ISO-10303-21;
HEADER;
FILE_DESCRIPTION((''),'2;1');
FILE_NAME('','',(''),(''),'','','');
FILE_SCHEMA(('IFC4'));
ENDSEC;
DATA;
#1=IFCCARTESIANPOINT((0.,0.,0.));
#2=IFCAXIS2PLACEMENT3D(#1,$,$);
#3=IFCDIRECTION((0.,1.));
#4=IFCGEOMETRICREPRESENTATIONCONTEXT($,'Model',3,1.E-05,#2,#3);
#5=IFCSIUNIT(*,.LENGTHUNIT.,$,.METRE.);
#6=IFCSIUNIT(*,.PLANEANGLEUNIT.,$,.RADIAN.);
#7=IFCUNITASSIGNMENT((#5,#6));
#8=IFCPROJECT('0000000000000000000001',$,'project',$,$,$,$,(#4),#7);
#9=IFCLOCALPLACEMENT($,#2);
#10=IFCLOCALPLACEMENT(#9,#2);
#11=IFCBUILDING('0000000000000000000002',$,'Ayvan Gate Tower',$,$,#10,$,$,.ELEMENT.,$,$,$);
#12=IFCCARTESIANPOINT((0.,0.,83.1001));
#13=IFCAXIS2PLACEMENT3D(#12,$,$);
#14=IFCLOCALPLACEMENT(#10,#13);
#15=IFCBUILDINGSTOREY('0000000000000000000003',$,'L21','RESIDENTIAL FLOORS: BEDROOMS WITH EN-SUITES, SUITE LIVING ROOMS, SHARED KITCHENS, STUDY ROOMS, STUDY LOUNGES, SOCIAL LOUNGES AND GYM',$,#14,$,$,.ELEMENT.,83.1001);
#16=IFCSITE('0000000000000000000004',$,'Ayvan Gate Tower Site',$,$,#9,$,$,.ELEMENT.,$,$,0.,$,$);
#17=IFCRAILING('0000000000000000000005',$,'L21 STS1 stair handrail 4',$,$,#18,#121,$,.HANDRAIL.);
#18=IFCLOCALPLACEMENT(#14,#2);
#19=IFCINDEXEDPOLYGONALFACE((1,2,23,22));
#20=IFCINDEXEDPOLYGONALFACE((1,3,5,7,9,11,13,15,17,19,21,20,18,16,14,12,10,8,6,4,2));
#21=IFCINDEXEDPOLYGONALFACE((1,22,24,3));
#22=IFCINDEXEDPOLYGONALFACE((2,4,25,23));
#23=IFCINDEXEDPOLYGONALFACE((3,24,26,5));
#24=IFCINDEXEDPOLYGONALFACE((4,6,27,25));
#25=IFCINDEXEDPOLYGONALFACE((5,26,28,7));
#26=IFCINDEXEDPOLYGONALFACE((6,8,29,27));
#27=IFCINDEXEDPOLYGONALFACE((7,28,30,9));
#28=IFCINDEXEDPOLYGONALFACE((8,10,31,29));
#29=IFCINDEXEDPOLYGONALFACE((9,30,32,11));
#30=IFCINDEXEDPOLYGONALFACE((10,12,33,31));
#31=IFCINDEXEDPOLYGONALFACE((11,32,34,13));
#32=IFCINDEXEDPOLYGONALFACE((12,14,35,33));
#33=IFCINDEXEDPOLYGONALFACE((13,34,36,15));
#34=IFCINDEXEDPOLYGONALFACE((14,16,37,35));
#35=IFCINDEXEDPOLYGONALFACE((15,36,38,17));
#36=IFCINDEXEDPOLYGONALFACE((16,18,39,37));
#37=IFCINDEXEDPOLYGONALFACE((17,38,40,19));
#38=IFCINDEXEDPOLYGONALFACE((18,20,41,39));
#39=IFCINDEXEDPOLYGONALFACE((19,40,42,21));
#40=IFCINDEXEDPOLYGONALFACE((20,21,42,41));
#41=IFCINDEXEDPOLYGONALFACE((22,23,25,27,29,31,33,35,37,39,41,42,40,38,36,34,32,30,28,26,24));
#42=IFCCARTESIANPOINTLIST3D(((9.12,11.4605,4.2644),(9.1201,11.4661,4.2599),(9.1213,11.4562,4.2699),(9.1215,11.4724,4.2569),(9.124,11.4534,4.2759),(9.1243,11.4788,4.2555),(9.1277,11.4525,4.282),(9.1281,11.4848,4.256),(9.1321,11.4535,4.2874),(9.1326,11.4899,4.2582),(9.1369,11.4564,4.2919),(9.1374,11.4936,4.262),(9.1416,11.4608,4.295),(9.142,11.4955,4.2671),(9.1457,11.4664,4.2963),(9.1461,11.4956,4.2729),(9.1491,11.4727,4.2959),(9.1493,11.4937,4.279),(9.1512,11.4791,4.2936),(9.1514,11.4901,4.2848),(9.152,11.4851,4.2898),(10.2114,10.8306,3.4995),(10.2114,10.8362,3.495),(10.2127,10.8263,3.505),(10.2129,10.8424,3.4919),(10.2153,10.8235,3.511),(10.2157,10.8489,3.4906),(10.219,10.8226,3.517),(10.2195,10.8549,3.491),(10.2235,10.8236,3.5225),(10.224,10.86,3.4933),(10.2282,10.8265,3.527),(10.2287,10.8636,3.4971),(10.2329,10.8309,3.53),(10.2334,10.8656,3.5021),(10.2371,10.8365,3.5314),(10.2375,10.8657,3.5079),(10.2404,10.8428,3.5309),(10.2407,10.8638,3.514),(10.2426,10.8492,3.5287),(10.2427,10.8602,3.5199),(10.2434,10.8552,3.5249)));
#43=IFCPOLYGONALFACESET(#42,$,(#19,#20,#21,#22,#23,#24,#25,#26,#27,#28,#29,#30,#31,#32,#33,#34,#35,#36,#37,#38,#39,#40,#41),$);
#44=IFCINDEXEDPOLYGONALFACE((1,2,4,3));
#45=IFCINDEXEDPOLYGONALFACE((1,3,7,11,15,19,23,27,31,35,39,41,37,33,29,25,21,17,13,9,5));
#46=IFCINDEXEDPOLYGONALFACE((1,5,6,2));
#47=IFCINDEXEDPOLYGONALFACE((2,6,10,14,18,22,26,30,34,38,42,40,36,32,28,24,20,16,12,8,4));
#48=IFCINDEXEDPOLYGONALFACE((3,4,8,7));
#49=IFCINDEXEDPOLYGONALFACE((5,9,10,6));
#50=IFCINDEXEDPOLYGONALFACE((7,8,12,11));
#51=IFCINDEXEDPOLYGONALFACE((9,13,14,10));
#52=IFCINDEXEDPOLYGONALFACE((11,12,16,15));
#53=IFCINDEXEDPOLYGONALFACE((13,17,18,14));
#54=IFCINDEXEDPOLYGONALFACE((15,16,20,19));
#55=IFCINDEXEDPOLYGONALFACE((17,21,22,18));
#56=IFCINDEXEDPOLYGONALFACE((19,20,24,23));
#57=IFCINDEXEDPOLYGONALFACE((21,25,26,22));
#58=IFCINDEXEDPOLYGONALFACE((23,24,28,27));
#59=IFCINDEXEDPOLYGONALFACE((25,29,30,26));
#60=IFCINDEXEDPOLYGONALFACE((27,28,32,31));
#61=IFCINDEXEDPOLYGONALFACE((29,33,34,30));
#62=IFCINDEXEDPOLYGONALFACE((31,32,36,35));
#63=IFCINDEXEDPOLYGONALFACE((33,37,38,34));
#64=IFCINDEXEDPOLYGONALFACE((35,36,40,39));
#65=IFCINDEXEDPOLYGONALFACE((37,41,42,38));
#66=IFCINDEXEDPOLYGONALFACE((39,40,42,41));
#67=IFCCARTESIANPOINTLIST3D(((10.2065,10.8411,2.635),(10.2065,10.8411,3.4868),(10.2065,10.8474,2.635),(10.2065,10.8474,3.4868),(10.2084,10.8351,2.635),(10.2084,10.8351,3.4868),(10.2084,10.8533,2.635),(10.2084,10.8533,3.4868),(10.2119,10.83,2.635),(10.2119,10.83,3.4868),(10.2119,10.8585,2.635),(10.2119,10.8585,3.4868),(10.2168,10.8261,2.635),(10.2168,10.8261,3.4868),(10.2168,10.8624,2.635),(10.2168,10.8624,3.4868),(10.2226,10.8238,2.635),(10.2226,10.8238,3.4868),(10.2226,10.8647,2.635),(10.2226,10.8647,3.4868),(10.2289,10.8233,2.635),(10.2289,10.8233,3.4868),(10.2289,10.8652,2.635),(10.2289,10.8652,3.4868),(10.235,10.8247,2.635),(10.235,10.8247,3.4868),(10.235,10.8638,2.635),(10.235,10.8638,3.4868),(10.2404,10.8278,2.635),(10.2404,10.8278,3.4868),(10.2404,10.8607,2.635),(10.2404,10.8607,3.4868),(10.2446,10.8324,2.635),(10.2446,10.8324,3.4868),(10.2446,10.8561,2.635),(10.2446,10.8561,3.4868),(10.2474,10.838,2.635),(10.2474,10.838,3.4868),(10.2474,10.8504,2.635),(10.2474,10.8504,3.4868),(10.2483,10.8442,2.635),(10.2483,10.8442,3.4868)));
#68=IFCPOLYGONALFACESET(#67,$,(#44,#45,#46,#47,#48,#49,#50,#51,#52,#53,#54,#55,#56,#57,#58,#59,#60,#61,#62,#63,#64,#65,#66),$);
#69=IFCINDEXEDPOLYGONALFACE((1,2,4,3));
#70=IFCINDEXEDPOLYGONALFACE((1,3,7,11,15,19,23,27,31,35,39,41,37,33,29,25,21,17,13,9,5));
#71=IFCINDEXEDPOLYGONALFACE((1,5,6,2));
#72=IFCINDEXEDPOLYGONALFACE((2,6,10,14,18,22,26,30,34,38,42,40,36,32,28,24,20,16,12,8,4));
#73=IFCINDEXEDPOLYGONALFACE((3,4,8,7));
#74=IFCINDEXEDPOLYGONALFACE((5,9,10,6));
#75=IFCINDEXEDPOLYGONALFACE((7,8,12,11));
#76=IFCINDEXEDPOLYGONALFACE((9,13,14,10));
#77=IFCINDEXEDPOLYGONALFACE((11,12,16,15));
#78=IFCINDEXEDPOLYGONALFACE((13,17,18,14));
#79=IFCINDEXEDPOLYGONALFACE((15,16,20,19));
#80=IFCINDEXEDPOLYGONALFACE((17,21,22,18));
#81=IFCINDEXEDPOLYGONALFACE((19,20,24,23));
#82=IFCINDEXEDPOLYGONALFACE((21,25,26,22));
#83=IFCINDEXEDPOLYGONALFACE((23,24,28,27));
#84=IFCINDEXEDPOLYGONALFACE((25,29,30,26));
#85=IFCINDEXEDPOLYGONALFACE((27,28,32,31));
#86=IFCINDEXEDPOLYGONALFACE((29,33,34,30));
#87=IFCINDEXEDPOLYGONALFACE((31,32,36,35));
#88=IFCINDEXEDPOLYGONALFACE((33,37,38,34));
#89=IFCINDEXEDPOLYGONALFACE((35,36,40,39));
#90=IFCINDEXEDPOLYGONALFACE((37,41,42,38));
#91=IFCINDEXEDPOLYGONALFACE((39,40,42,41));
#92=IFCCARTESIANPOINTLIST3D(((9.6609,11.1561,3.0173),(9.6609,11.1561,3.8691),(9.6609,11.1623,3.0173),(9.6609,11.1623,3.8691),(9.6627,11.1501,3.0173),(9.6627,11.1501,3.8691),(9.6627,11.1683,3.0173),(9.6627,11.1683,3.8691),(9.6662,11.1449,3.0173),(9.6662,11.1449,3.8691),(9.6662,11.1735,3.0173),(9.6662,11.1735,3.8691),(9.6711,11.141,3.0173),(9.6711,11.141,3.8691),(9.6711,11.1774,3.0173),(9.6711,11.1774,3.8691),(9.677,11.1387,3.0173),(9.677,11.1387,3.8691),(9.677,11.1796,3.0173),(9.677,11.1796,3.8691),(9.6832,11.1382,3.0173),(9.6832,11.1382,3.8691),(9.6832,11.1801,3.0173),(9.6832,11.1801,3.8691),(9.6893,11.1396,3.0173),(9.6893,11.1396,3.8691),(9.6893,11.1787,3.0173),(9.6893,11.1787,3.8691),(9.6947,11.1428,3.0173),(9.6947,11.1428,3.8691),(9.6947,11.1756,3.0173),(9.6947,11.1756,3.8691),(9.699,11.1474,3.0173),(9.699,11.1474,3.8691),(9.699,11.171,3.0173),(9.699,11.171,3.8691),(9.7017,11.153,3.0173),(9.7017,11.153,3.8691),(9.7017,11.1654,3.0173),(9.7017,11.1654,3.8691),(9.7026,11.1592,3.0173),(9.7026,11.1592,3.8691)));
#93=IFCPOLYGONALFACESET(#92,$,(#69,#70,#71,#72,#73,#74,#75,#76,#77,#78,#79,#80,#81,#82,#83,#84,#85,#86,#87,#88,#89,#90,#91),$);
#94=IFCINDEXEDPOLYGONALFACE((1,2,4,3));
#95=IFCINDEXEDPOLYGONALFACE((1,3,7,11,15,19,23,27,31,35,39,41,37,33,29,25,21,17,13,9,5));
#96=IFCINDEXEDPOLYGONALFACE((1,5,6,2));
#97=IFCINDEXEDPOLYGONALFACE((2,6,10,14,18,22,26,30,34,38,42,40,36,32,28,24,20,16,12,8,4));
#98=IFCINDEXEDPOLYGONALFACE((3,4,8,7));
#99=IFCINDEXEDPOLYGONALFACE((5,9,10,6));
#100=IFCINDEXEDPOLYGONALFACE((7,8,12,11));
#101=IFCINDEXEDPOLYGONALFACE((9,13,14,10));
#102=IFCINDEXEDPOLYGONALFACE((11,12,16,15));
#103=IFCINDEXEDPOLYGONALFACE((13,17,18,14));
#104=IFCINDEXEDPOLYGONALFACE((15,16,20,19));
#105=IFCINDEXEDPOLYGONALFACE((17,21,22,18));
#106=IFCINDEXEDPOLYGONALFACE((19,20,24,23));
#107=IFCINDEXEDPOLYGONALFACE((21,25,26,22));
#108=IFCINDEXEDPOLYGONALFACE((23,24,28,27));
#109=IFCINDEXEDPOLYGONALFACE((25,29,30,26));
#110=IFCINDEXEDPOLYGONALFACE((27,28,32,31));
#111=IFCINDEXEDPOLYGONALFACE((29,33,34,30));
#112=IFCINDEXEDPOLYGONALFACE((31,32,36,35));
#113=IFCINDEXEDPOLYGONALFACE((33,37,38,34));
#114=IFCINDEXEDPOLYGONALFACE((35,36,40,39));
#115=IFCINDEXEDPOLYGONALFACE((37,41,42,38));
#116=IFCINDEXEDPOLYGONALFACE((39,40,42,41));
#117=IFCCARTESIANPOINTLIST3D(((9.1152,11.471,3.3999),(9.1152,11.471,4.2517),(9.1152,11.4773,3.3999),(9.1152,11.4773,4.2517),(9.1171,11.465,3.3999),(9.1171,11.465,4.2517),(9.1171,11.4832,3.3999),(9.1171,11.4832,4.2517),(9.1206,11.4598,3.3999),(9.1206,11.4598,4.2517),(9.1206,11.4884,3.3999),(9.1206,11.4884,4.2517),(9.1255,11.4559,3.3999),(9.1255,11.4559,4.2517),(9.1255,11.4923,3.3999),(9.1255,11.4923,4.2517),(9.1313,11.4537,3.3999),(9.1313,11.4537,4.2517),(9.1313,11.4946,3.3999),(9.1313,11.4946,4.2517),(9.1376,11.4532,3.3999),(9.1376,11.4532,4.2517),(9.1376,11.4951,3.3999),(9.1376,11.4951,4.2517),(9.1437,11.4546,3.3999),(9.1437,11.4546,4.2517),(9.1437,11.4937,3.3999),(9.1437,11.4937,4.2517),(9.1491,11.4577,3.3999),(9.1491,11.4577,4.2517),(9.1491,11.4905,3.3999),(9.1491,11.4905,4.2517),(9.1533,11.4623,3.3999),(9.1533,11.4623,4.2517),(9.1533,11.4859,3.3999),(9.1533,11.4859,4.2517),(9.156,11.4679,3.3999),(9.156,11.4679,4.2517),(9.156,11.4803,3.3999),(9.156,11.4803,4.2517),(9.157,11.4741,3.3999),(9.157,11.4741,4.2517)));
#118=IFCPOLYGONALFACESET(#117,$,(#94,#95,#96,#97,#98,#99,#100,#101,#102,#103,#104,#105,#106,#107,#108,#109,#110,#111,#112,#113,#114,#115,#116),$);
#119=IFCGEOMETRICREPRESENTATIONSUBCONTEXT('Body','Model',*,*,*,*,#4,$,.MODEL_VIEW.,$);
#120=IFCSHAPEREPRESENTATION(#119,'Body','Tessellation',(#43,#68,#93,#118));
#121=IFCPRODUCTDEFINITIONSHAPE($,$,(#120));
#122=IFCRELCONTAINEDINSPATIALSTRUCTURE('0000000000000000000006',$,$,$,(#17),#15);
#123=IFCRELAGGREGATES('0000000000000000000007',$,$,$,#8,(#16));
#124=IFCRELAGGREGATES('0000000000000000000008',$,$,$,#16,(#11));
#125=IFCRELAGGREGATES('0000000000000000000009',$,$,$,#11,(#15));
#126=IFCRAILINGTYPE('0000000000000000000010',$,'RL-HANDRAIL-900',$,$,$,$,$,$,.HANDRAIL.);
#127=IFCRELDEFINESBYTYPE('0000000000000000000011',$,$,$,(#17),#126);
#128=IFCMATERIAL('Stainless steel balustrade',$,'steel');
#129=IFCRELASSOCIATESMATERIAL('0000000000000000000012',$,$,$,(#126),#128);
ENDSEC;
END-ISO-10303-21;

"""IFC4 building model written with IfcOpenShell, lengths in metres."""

from ifc_helpers import new_model, si_unit, direction, frame, origin, origin_2d, place, context, subcontext, project, spatial, circle, extrude, material, type_object, element, save


model = new_model("IFC4")

# Units and contexts
model_context = context("Model", 3, precision=1e-05, world=origin(), true_north=direction((0.0, 1.0)))
body_context = subcontext(model_context, "Body", "Model", "MODEL_VIEW")
ifc_project = project(units=[si_unit("LENGTHUNIT", "METRE"), si_unit("PLANEANGLEUNIT", "RADIAN")], contexts=[model_context])

# Site, building, storey
site_placement = place(None, origin())
site = spatial("IfcSite", under=ifc_project, at=site_placement, Name="Ayvan Gate Tower Site", CompositionType="ELEMENT", RefElevation=0.0)
building_placement = place(site_placement, origin())
building = spatial("IfcBuilding", under=site, at=building_placement, Name="Ayvan Gate Tower", CompositionType="ELEMENT")
storey_placement = place(building_placement, frame((0.0, 0.0, 83.1001)))
storey = spatial("IfcBuildingStorey", under=building, at=storey_placement, Name="L21", Description="RESIDENTIAL FLOORS: BEDROOMS WITH EN-SUITES, SUITE LIVING ROOMS, SHARED KITCHENS, STUDY ROOMS, STUDY LOUNGES, SOCIAL LOUNGES AND GYM", CompositionType="ELEMENT", Elevation=83.1001)

# Railing
ifc_material_1 = material(Name="Stainless steel balustrade", Category="steel")
railing_type_1 = type_object("IfcRailingType", Name="RL-HANDRAIL-900", PredefinedType="HANDRAIL", material=ifc_material_1)
railing_1_placement = place(storey_placement, frame((10.2273, 10.8442, 2.635)))
element("IfcRailing", 1, at=railing_1_placement, inside=storey, type_object=railing_type_1, Name="L21 STS1 stair handrail 4", PredefinedType="HANDRAIL", context=body_context, shape_type="SweptSolid", body=[
    extrude(circle(Radius=0.0239, at=origin_2d()), frame((0.0, 0.0, 0.876), z_axis=(-0.740357, 0.42732, 0.518912), x_axis=(-0.49989, -0.866089, 0.0)), (0.0, 0.0, 1.0), 1.4741),
    extrude(circle(Radius=0.021, at=origin_2d()), origin(), (0.0, 0.0, 1.0), 0.8518),
    extrude(circle(Radius=0.021, at=origin_2d()), frame((-0.5457, 0.3149, 0.3823)), (0.0, 0.0, 1.0), 0.8518),
    extrude(circle(Radius=0.021, at=origin_2d()), frame((-1.0913, 0.6299, 0.7649)), (0.0, 0.0, 1.0), 0.8518),
])

save(model, "model.ifc")
